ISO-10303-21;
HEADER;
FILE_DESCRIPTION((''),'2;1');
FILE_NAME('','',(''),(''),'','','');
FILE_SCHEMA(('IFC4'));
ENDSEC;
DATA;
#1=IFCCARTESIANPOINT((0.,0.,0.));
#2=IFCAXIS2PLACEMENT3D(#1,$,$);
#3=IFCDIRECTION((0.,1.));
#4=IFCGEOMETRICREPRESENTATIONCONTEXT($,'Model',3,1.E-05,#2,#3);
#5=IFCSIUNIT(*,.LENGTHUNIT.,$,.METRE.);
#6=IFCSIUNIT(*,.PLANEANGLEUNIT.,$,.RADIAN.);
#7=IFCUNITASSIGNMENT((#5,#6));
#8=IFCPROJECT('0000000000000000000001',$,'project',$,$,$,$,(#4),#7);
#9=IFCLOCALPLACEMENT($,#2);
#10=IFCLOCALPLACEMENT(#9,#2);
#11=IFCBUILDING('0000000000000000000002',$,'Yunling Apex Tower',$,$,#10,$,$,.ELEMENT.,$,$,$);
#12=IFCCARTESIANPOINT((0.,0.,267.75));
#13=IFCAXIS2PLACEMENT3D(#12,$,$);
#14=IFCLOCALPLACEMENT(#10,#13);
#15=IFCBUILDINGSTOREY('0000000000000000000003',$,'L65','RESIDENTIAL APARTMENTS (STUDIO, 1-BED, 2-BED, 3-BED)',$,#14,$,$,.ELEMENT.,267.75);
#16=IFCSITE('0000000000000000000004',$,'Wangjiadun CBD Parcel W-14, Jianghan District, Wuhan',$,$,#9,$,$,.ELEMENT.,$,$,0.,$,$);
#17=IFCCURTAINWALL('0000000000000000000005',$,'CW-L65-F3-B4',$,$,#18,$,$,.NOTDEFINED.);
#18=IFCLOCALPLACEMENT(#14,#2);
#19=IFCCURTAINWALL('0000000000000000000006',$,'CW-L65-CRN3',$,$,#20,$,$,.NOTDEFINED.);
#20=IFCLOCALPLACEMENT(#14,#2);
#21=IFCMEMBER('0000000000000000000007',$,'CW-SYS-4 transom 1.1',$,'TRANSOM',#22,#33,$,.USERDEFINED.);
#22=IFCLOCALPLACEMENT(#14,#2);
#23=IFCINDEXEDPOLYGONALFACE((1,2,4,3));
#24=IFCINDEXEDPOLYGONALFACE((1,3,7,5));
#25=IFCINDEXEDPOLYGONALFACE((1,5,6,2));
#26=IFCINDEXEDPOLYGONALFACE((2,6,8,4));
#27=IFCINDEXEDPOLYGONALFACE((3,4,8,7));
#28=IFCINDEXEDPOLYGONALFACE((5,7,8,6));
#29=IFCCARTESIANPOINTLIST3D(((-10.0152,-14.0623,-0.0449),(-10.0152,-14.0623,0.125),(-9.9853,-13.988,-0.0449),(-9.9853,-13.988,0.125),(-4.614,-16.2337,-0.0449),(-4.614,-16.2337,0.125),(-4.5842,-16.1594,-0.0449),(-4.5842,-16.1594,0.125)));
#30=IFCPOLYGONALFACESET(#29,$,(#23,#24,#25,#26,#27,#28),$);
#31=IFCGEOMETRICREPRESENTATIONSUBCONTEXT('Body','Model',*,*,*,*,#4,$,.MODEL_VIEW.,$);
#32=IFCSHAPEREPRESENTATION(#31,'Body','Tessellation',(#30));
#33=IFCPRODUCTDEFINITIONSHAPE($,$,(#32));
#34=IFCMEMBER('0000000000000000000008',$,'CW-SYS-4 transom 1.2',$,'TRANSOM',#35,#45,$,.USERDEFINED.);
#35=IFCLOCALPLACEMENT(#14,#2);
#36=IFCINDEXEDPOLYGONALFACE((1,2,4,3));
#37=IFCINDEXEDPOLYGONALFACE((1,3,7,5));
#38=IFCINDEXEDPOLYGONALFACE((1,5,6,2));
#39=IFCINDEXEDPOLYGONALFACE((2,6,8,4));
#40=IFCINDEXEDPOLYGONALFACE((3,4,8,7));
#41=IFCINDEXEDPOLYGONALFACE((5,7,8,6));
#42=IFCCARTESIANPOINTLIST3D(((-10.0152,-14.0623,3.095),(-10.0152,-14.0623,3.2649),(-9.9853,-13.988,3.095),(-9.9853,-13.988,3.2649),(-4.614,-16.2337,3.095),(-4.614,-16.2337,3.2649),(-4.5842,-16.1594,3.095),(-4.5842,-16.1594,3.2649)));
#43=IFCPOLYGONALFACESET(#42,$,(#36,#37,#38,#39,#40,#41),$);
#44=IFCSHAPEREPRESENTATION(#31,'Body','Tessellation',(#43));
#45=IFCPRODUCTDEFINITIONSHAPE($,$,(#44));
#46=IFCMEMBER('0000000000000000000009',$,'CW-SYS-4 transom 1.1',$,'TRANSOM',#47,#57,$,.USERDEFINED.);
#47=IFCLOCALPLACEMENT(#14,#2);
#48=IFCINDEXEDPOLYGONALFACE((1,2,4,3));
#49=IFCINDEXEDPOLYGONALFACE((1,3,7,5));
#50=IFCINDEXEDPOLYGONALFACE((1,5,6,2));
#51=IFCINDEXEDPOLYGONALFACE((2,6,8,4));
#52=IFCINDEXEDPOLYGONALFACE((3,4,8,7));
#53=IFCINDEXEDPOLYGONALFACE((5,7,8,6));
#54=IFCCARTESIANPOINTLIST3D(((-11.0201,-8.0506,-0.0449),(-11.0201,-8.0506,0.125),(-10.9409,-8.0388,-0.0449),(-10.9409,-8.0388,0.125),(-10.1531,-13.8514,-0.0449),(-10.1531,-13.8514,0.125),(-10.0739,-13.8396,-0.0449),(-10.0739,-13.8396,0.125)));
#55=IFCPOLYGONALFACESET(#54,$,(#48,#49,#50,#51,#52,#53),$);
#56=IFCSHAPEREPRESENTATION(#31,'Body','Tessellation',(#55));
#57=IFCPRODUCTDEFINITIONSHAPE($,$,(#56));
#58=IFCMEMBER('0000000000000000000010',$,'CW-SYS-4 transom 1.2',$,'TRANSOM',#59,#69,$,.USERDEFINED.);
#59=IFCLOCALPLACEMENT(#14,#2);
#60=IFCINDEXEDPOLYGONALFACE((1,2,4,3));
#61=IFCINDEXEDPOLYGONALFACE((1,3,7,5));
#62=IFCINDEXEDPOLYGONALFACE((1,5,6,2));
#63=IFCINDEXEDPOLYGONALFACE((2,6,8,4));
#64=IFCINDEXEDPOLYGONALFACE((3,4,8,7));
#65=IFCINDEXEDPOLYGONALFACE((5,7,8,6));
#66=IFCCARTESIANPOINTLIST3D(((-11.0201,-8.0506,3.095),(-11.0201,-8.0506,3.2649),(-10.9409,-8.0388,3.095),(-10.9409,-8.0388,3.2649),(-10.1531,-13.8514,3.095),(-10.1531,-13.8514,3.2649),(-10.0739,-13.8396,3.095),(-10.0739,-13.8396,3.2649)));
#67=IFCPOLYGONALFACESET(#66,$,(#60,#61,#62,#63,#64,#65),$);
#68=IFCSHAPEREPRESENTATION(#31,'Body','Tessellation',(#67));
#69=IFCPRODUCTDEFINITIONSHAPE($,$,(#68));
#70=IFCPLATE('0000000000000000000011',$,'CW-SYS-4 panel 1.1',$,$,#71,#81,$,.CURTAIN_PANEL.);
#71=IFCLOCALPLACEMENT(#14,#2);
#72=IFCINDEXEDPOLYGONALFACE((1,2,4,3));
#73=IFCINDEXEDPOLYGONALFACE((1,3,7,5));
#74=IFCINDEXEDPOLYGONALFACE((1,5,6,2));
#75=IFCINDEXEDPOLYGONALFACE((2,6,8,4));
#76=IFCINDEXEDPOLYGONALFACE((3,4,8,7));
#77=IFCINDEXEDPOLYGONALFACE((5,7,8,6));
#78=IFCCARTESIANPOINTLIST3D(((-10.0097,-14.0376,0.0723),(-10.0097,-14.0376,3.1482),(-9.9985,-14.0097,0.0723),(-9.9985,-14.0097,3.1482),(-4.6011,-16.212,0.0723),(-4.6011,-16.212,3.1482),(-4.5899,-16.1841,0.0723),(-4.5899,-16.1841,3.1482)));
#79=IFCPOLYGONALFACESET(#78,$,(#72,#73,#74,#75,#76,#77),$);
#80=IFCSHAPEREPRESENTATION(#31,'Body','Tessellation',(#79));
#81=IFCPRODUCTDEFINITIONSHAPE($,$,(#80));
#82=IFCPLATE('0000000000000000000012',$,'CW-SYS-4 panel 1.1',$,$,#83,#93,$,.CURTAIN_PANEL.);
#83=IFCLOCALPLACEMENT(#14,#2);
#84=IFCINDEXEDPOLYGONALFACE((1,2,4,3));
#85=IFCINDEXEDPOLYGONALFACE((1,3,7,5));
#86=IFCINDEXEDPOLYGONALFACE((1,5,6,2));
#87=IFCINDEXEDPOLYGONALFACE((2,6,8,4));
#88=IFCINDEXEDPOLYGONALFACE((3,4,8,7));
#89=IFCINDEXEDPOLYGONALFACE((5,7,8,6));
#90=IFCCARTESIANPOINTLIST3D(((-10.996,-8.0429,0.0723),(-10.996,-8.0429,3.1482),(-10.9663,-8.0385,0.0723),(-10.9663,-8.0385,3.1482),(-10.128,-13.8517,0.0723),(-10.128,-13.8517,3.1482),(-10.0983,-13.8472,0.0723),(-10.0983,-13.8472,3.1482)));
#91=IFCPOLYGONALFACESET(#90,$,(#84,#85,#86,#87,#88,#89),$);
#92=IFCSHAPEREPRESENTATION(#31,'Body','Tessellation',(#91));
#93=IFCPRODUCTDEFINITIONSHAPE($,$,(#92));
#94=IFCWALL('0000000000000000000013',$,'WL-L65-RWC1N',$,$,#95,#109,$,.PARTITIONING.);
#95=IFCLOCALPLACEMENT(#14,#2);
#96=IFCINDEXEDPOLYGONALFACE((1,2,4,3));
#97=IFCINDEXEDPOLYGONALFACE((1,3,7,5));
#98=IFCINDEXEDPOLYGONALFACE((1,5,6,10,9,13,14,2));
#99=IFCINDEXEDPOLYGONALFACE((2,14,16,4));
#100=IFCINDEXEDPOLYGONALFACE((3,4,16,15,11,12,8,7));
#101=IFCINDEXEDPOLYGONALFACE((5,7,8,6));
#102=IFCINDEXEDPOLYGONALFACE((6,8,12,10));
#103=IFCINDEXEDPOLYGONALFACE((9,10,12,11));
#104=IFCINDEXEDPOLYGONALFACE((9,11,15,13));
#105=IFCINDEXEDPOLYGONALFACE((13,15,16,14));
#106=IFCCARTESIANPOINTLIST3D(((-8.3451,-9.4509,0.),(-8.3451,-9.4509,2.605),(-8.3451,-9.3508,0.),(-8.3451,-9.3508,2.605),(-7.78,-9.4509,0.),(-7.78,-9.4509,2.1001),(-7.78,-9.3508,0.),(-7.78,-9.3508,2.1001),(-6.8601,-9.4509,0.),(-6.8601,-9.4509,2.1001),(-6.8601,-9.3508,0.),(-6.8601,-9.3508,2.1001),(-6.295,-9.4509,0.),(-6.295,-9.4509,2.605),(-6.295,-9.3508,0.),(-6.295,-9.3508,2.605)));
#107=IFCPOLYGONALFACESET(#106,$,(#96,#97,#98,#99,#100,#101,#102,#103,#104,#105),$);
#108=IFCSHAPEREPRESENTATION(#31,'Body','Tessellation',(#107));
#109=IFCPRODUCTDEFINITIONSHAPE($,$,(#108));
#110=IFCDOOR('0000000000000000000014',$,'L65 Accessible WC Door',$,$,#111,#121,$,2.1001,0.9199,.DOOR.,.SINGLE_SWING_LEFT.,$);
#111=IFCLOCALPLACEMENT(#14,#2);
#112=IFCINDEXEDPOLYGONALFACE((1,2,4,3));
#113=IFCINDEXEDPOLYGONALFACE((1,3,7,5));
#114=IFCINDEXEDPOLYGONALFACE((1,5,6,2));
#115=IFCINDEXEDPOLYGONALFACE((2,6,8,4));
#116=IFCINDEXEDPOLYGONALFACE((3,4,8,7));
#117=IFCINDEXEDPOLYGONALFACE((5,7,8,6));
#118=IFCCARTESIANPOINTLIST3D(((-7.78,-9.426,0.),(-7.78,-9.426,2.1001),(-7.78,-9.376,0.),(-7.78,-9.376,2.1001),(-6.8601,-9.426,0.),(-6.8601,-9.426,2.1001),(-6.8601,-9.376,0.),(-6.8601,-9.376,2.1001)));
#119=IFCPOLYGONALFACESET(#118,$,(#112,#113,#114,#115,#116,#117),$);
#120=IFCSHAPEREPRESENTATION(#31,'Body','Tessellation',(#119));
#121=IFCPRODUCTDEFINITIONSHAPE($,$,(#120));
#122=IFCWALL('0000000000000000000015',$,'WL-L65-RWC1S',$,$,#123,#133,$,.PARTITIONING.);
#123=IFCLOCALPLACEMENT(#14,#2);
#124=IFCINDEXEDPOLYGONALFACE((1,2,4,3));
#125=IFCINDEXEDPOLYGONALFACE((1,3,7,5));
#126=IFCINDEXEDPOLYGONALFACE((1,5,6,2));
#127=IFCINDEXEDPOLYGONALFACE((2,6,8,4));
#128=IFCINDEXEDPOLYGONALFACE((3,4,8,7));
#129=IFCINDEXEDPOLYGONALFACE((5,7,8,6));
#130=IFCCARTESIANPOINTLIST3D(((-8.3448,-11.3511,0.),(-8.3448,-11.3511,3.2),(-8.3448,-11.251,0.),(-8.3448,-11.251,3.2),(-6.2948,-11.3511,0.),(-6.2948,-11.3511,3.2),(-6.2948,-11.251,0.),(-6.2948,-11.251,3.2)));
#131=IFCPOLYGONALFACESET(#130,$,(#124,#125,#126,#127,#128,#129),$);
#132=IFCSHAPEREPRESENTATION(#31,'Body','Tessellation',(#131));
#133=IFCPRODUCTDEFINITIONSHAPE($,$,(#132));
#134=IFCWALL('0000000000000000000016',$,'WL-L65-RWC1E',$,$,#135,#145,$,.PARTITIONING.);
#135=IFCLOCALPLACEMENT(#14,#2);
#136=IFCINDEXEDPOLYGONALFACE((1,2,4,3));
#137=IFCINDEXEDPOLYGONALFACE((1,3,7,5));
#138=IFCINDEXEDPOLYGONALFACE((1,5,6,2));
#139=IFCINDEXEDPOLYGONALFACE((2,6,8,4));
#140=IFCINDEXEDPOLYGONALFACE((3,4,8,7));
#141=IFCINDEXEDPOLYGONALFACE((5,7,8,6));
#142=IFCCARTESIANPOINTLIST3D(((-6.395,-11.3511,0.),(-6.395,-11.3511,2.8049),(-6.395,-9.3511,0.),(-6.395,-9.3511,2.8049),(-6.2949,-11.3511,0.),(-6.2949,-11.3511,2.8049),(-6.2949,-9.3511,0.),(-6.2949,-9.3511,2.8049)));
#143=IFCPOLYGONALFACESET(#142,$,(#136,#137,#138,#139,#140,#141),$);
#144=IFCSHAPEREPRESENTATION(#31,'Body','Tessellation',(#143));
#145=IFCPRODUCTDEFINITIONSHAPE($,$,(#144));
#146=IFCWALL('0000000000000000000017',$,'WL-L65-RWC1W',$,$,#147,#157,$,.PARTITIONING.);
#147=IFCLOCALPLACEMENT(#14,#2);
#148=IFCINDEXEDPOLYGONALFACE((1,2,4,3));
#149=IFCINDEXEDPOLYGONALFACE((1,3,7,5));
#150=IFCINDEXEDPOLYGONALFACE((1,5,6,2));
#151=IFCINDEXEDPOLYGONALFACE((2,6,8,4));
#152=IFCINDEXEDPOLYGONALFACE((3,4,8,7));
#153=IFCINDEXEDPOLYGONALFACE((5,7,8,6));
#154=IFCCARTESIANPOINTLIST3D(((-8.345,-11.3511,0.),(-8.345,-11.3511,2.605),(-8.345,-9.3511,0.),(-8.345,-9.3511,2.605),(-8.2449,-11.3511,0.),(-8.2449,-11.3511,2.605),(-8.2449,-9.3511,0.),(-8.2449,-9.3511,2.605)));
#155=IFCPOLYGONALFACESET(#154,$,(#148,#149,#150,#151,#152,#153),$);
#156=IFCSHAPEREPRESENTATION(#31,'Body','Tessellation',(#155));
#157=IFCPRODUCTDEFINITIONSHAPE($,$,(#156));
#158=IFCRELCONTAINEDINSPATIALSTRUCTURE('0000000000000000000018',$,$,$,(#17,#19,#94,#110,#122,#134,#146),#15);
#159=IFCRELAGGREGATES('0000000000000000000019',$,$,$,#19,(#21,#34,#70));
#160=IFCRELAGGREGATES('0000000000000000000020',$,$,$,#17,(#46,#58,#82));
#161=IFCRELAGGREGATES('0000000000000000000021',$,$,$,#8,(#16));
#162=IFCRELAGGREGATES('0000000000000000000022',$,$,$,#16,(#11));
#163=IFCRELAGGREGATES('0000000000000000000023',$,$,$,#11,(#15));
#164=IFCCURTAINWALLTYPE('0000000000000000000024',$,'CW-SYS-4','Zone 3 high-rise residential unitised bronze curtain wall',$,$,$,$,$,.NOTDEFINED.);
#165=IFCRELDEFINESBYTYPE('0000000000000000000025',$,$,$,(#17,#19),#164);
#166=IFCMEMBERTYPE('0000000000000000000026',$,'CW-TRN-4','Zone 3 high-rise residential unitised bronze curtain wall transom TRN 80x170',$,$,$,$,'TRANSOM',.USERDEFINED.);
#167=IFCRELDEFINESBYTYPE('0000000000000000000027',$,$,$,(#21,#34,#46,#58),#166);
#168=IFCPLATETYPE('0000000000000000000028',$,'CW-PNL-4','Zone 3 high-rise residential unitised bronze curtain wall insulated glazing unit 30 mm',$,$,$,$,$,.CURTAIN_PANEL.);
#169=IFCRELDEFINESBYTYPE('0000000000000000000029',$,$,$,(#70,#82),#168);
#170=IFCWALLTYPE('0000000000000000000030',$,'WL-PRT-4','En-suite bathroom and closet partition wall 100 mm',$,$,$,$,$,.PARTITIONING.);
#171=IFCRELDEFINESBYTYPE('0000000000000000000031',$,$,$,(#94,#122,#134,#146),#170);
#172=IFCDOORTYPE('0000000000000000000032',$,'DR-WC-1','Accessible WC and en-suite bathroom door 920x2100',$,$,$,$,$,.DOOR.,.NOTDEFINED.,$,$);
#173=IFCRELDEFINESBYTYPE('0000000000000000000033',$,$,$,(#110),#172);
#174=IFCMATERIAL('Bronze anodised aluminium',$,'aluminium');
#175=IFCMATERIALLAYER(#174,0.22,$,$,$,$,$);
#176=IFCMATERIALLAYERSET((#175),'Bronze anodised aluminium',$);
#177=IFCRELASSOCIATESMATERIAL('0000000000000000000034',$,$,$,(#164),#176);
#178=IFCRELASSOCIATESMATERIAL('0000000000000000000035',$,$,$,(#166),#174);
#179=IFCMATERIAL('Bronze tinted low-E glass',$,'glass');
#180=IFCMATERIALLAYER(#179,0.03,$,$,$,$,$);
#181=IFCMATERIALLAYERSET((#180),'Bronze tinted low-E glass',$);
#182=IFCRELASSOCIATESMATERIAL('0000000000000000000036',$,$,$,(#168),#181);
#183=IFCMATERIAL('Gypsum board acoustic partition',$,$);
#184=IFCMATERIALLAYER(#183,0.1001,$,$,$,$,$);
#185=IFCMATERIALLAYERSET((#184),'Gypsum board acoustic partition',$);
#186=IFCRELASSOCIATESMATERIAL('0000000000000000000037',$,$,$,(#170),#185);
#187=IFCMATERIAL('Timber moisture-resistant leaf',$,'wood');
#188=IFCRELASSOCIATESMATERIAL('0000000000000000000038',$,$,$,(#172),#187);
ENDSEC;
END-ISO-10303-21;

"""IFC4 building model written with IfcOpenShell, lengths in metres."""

from ifc_helpers import new_model, si_unit, direction, frame, frame_2d, origin, origin_2d, place, context, subcontext, project, spatial, rectangle, extrude, source, transform, mapped, material, layer, layer_set, material_profile, profile_set, type_object, element, fill, aggregate, save


model = new_model("IFC4")

# Units and contexts
model_context = context("Model", 3, precision=1e-05, world=origin(), true_north=direction((0.0, 1.0)))
body_context = subcontext(model_context, "Body", "Model", "MODEL_VIEW")
ifc_project = project(units=[si_unit("LENGTHUNIT", "METRE"), si_unit("PLANEANGLEUNIT", "RADIAN")], contexts=[model_context])

# Site, building, storey
site_placement = place(None, origin())
site = spatial("IfcSite", under=ifc_project, at=site_placement, Name="Wangjiadun CBD Parcel W-14, Jianghan District, Wuhan", CompositionType="ELEMENT", RefElevation=0.0)
building_placement = place(site_placement, origin())
building = spatial("IfcBuilding", under=site, at=building_placement, Name="Yunling Apex Tower", CompositionType="ELEMENT")
storey_placement = place(building_placement, frame((0.0, 0.0, 267.75)))
storey = spatial("IfcBuildingStorey", under=building, at=storey_placement, Name="L65", Description="RESIDENTIAL APARTMENTS (STUDIO, 1-BED, 2-BED, 3-BED)", CompositionType="ELEMENT", Elevation=267.75)

# Shared definitions
ifc_material_1 = material(Name="Bronze anodised aluminium", Category="aluminium")
ifc_layer_1 = layer(ifc_material_1, 0.22)
ifc_layer_set_1 = layer_set([ifc_layer_1], Name="Bronze anodised aluminium")
curtain_wall_type = type_object("IfcCurtainWallType", Name="CW-SYS-4", Description="Zone 3 high-rise residential unitised bronze curtain wall", PredefinedType="NOTDEFINED", material=ifc_layer_set_1)

# Curtain walls
curtain_wall_1_placement = place(storey_placement, origin())
curtain_wall_1 = element("IfcCurtainWall", 1, at=curtain_wall_1_placement, inside=storey, type_object=curtain_wall_type, Name="CW-L65-F3-B4", PredefinedType="NOTDEFINED")
curtain_wall_2_placement = place(storey_placement, origin())
curtain_wall_2 = element("IfcCurtainWall", 2, at=curtain_wall_2_placement, inside=storey, type_object=curtain_wall_type, Name="CW-L65-CRN3", PredefinedType="NOTDEFINED")

# Members
ifc_material_profile_1 = material_profile(ifc_material_1, rectangle(XDim=0.0801, YDim=0.1699, at=origin_2d()))
ifc_profile_set_1 = profile_set([ifc_material_profile_1], Name="Bronze anodised aluminium")
member_type_1 = type_object("IfcMemberType", Name="CW-TRN-4", Description="Zone 3 high-rise residential unitised bronze curtain wall transom TRN 80x170", ElementType="TRANSOM", PredefinedType="USERDEFINED", material=ifc_profile_set_1)
shared_shape_1 = source(origin(), body_context, "Body", "SweptSolid", [
    extrude(rectangle(XDim=0.0801, YDim=0.1699, at=origin_2d()), origin(), (0.0, 0.0, 1.0), 5.8213),
])
member_1_placement = place(storey_placement, frame((-10.0002, -14.0251, 0.04), z_axis=(0.927827, -0.37301, 0.0), x_axis=(0.37301, 0.927827, 0.0)))
member_1 = element("IfcMember", 3, at=member_1_placement, type_object=member_type_1, Name="CW-SYS-4 transom 1.1", ObjectType="TRANSOM", PredefinedType="USERDEFINED", context=body_context, shape_type="MappedRepresentation", body=[
    mapped(shared_shape_1, transform((0.0, 0.0, 0.0), scale=1.0)),
])
member_2_placement = place(storey_placement, frame((-10.0002, -14.0251, 3.1799), z_axis=(0.927827, -0.37301, 0.0), x_axis=(0.37301, 0.927827, 0.0)))
member_2 = element("IfcMember", 4, at=member_2_placement, type_object=member_type_1, Name="CW-SYS-4 transom 1.2", ObjectType="TRANSOM", PredefinedType="USERDEFINED", context=body_context, shape_type="MappedRepresentation", body=[
    mapped(shared_shape_1, transform((0.0, 0.0, 0.0), scale=1.0)),
])
shared_shape_2 = source(origin(), body_context, "Body", "SweptSolid", [
    extrude(rectangle(XDim=0.0801, YDim=0.1699, at=origin_2d()), origin(), (0.0, 0.0, 1.0), 5.8652),
])
member_3_placement = place(storey_placement, frame((-10.9805, -8.0447, 0.04), z_axis=(0.147811, -0.989016, 0.0), x_axis=(0.989016, 0.147811, 0.0)))
member_3 = element("IfcMember", 5, at=member_3_placement, type_object=member_type_1, Name="CW-SYS-4 transom 1.1", ObjectType="TRANSOM", PredefinedType="USERDEFINED", context=body_context, shape_type="MappedRepresentation", body=[
    mapped(shared_shape_2, transform((0.0, 0.0, 0.0), scale=1.0)),
])
member_4_placement = place(storey_placement, frame((-10.9805, -8.0447, 3.1799), z_axis=(0.147811, -0.989016, 0.0), x_axis=(0.989016, 0.147811, 0.0)))
member_4 = element("IfcMember", 6, at=member_4_placement, type_object=member_type_1, Name="CW-SYS-4 transom 1.2", ObjectType="TRANSOM", PredefinedType="USERDEFINED", context=body_context, shape_type="MappedRepresentation", body=[
    mapped(shared_shape_2, transform((0.0, 0.0, 0.0), scale=1.0)),
])

# Plates
ifc_material_2 = material(Name="Bronze tinted low-E glass", Category="glass")
ifc_layer_2 = layer(ifc_material_2, 0.03)
ifc_layer_set_2 = layer_set([ifc_layer_2], Name="Bronze tinted low-E glass")
plate_type = type_object("IfcPlateType", Name="CW-PNL-4", Description="Zone 3 high-rise residential unitised bronze curtain wall insulated glazing unit 30 mm", PredefinedType="CURTAIN_PANEL", material=ifc_layer_set_2)
shared_shape_3 = source(origin(), body_context, "Body", "SweptSolid", [
    extrude(rectangle(XDim=5.8293, YDim=0.03, at=origin_2d()), origin(), (0.0, 0.0, 1.0), 3.0759),
])
plate_1_placement = place(storey_placement, frame((-7.2998, -15.1108, 0.0723), z_axis=(0.0, 0.0, 1.0), x_axis=(0.927828, -0.373009, 0.0)))
plate_1 = element("IfcPlate", 7, at=plate_1_placement, type_object=plate_type, Name="CW-SYS-4 panel 1.1", PredefinedType="CURTAIN_PANEL", context=body_context, shape_type="MappedRepresentation", body=[
    mapped(shared_shape_3, transform((0.0, 0.0, 0.0), scale=1.0)),
])
aggregate(curtain_wall_2, [member_1, member_2, plate_1])
shared_shape_4 = source(origin(), body_context, "Body", "SweptSolid", [
    extrude(rectangle(XDim=5.8733, YDim=0.03, at=origin_2d()), origin(), (0.0, 0.0, 1.0), 3.0759),
])
plate_2_placement = place(storey_placement, frame((-10.5471, -10.9451, 0.0723), z_axis=(0.0, 0.0, 1.0), x_axis=(0.147791, -0.989019, 0.0)))
plate_2 = element("IfcPlate", 8, at=plate_2_placement, type_object=plate_type, Name="CW-SYS-4 panel 1.1", PredefinedType="CURTAIN_PANEL", context=body_context, shape_type="MappedRepresentation", body=[
    mapped(shared_shape_4, transform((0.0, 0.0, 0.0), scale=1.0)),
])
aggregate(curtain_wall_1, [member_3, member_4, plate_2])

# Wall, opening, door
ifc_material_3 = material(Name="Gypsum board acoustic partition")
ifc_layer_3 = layer(ifc_material_3, 0.1001)
ifc_layer_set_3 = layer_set([ifc_layer_3], Name="Gypsum board acoustic partition")
wall_type = type_object("IfcWallType", Name="WL-PRT-4", Description="En-suite bathroom and closet partition wall 100 mm", PredefinedType="PARTITIONING", material=ifc_layer_set_3)
wall_1_placement = place(storey_placement, frame((-8.345, -9.4009, 0.0), z_axis=(0.0, 0.0, 1.0), x_axis=(1.0, 0.0, 0.0)))
wall_1 = element("IfcWall", 9, at=wall_1_placement, inside=storey, type_object=wall_type, Name="WL-L65-RWC1N", PredefinedType="PARTITIONING", context=body_context, shape_type="SweptSolid", body=[
    extrude(rectangle(XDim=2.05, YDim=0.1001, at=frame_2d((1.0249, 0.0))), origin(), (0.0, 0.0, 1.0), 2.605),
])
opening_placement = place(wall_1_placement, frame((0.5649, 0.0, 0.0)))
opening = element("IfcOpeningElement", 10, at=opening_placement, cuts=wall_1, PredefinedType="OPENING", context=body_context, shape_type="SweptSolid", body=[
    extrude(rectangle(XDim=0.9199, YDim=2.1001, at=frame_2d((0.46, 1.05))), frame((0.0, 0.0601, 0.0), z_axis=(0.0, -1.0, 0.0), x_axis=(1.0, 0.0, 0.0)), (0.0, 0.0, 1.0), 0.1201),
])
ifc_material_4 = material(Name="Timber moisture-resistant leaf", Category="wood")
door_type = type_object("IfcDoorType", Name="DR-WC-1", Description="Accessible WC and en-suite bathroom door 920x2100", OperationType="NOTDEFINED", PredefinedType="DOOR", material=ifc_material_4)
door_placement = place(opening_placement, origin())
door = element("IfcDoor", 11, at=door_placement, inside=storey, type_object=door_type, Name="L65 Accessible WC Door", OperationType="SINGLE_SWING_LEFT", OverallHeight=2.1001, OverallWidth=0.9199, PredefinedType="DOOR", context=body_context, shape_type="SweptSolid", body=[
    extrude(rectangle(XDim=0.9199, YDim=2.1001, at=frame_2d((0.46, 1.05))), frame((0.0, 0.0249, 0.0), z_axis=(0.0, -1.0, 0.0), x_axis=(1.0, 0.0, 0.0)), (0.0, 0.0, 1.0), 0.05),
])
fill(opening, door)

# Walls
wall_2_placement = place(storey_placement, frame((-6.2949, -11.301, 0.0), z_axis=(0.0, 0.0, 1.0), x_axis=(-1.0, 0.0, 0.0)))
element("IfcWall", 12, at=wall_2_placement, inside=storey, type_object=wall_type, Name="WL-L65-RWC1S", PredefinedType="PARTITIONING", context=body_context, shape_type="SweptSolid", body=[
    extrude(rectangle(XDim=2.05, YDim=0.1001, at=frame_2d((1.0249, 0.0))), origin(), (0.0, 0.0, 1.0), 3.2),
])
wall_3_placement = place(storey_placement, frame((-6.345, -9.3511, 0.0), z_axis=(0.0, 0.0, 1.0), x_axis=(0.0, -1.0, 0.0)))
element("IfcWall", 13, at=wall_3_placement, inside=storey, type_object=wall_type, Name="WL-L65-RWC1E", PredefinedType="PARTITIONING", context=body_context, shape_type="SweptSolid", body=[
    extrude(rectangle(XDim=2.0, YDim=0.1001, at=frame_2d((1.0, 0.0))), origin(), (0.0, 0.0, 1.0), 2.8049),
])
wall_4_placement = place(storey_placement, frame((-8.2949, -11.3511, 0.0), z_axis=(0.0, 0.0, 1.0), x_axis=(0.0, 1.0, 0.0)))
element("IfcWall", 14, at=wall_4_placement, inside=storey, type_object=wall_type, Name="WL-L65-RWC1W", PredefinedType="PARTITIONING", context=body_context, shape_type="SweptSolid", body=[
    extrude(rectangle(XDim=2.0, YDim=0.1001, at=frame_2d((1.0, 0.0))), origin(), (0.0, 0.0, 1.0), 2.605),
])

save(model, "model.ifc")
